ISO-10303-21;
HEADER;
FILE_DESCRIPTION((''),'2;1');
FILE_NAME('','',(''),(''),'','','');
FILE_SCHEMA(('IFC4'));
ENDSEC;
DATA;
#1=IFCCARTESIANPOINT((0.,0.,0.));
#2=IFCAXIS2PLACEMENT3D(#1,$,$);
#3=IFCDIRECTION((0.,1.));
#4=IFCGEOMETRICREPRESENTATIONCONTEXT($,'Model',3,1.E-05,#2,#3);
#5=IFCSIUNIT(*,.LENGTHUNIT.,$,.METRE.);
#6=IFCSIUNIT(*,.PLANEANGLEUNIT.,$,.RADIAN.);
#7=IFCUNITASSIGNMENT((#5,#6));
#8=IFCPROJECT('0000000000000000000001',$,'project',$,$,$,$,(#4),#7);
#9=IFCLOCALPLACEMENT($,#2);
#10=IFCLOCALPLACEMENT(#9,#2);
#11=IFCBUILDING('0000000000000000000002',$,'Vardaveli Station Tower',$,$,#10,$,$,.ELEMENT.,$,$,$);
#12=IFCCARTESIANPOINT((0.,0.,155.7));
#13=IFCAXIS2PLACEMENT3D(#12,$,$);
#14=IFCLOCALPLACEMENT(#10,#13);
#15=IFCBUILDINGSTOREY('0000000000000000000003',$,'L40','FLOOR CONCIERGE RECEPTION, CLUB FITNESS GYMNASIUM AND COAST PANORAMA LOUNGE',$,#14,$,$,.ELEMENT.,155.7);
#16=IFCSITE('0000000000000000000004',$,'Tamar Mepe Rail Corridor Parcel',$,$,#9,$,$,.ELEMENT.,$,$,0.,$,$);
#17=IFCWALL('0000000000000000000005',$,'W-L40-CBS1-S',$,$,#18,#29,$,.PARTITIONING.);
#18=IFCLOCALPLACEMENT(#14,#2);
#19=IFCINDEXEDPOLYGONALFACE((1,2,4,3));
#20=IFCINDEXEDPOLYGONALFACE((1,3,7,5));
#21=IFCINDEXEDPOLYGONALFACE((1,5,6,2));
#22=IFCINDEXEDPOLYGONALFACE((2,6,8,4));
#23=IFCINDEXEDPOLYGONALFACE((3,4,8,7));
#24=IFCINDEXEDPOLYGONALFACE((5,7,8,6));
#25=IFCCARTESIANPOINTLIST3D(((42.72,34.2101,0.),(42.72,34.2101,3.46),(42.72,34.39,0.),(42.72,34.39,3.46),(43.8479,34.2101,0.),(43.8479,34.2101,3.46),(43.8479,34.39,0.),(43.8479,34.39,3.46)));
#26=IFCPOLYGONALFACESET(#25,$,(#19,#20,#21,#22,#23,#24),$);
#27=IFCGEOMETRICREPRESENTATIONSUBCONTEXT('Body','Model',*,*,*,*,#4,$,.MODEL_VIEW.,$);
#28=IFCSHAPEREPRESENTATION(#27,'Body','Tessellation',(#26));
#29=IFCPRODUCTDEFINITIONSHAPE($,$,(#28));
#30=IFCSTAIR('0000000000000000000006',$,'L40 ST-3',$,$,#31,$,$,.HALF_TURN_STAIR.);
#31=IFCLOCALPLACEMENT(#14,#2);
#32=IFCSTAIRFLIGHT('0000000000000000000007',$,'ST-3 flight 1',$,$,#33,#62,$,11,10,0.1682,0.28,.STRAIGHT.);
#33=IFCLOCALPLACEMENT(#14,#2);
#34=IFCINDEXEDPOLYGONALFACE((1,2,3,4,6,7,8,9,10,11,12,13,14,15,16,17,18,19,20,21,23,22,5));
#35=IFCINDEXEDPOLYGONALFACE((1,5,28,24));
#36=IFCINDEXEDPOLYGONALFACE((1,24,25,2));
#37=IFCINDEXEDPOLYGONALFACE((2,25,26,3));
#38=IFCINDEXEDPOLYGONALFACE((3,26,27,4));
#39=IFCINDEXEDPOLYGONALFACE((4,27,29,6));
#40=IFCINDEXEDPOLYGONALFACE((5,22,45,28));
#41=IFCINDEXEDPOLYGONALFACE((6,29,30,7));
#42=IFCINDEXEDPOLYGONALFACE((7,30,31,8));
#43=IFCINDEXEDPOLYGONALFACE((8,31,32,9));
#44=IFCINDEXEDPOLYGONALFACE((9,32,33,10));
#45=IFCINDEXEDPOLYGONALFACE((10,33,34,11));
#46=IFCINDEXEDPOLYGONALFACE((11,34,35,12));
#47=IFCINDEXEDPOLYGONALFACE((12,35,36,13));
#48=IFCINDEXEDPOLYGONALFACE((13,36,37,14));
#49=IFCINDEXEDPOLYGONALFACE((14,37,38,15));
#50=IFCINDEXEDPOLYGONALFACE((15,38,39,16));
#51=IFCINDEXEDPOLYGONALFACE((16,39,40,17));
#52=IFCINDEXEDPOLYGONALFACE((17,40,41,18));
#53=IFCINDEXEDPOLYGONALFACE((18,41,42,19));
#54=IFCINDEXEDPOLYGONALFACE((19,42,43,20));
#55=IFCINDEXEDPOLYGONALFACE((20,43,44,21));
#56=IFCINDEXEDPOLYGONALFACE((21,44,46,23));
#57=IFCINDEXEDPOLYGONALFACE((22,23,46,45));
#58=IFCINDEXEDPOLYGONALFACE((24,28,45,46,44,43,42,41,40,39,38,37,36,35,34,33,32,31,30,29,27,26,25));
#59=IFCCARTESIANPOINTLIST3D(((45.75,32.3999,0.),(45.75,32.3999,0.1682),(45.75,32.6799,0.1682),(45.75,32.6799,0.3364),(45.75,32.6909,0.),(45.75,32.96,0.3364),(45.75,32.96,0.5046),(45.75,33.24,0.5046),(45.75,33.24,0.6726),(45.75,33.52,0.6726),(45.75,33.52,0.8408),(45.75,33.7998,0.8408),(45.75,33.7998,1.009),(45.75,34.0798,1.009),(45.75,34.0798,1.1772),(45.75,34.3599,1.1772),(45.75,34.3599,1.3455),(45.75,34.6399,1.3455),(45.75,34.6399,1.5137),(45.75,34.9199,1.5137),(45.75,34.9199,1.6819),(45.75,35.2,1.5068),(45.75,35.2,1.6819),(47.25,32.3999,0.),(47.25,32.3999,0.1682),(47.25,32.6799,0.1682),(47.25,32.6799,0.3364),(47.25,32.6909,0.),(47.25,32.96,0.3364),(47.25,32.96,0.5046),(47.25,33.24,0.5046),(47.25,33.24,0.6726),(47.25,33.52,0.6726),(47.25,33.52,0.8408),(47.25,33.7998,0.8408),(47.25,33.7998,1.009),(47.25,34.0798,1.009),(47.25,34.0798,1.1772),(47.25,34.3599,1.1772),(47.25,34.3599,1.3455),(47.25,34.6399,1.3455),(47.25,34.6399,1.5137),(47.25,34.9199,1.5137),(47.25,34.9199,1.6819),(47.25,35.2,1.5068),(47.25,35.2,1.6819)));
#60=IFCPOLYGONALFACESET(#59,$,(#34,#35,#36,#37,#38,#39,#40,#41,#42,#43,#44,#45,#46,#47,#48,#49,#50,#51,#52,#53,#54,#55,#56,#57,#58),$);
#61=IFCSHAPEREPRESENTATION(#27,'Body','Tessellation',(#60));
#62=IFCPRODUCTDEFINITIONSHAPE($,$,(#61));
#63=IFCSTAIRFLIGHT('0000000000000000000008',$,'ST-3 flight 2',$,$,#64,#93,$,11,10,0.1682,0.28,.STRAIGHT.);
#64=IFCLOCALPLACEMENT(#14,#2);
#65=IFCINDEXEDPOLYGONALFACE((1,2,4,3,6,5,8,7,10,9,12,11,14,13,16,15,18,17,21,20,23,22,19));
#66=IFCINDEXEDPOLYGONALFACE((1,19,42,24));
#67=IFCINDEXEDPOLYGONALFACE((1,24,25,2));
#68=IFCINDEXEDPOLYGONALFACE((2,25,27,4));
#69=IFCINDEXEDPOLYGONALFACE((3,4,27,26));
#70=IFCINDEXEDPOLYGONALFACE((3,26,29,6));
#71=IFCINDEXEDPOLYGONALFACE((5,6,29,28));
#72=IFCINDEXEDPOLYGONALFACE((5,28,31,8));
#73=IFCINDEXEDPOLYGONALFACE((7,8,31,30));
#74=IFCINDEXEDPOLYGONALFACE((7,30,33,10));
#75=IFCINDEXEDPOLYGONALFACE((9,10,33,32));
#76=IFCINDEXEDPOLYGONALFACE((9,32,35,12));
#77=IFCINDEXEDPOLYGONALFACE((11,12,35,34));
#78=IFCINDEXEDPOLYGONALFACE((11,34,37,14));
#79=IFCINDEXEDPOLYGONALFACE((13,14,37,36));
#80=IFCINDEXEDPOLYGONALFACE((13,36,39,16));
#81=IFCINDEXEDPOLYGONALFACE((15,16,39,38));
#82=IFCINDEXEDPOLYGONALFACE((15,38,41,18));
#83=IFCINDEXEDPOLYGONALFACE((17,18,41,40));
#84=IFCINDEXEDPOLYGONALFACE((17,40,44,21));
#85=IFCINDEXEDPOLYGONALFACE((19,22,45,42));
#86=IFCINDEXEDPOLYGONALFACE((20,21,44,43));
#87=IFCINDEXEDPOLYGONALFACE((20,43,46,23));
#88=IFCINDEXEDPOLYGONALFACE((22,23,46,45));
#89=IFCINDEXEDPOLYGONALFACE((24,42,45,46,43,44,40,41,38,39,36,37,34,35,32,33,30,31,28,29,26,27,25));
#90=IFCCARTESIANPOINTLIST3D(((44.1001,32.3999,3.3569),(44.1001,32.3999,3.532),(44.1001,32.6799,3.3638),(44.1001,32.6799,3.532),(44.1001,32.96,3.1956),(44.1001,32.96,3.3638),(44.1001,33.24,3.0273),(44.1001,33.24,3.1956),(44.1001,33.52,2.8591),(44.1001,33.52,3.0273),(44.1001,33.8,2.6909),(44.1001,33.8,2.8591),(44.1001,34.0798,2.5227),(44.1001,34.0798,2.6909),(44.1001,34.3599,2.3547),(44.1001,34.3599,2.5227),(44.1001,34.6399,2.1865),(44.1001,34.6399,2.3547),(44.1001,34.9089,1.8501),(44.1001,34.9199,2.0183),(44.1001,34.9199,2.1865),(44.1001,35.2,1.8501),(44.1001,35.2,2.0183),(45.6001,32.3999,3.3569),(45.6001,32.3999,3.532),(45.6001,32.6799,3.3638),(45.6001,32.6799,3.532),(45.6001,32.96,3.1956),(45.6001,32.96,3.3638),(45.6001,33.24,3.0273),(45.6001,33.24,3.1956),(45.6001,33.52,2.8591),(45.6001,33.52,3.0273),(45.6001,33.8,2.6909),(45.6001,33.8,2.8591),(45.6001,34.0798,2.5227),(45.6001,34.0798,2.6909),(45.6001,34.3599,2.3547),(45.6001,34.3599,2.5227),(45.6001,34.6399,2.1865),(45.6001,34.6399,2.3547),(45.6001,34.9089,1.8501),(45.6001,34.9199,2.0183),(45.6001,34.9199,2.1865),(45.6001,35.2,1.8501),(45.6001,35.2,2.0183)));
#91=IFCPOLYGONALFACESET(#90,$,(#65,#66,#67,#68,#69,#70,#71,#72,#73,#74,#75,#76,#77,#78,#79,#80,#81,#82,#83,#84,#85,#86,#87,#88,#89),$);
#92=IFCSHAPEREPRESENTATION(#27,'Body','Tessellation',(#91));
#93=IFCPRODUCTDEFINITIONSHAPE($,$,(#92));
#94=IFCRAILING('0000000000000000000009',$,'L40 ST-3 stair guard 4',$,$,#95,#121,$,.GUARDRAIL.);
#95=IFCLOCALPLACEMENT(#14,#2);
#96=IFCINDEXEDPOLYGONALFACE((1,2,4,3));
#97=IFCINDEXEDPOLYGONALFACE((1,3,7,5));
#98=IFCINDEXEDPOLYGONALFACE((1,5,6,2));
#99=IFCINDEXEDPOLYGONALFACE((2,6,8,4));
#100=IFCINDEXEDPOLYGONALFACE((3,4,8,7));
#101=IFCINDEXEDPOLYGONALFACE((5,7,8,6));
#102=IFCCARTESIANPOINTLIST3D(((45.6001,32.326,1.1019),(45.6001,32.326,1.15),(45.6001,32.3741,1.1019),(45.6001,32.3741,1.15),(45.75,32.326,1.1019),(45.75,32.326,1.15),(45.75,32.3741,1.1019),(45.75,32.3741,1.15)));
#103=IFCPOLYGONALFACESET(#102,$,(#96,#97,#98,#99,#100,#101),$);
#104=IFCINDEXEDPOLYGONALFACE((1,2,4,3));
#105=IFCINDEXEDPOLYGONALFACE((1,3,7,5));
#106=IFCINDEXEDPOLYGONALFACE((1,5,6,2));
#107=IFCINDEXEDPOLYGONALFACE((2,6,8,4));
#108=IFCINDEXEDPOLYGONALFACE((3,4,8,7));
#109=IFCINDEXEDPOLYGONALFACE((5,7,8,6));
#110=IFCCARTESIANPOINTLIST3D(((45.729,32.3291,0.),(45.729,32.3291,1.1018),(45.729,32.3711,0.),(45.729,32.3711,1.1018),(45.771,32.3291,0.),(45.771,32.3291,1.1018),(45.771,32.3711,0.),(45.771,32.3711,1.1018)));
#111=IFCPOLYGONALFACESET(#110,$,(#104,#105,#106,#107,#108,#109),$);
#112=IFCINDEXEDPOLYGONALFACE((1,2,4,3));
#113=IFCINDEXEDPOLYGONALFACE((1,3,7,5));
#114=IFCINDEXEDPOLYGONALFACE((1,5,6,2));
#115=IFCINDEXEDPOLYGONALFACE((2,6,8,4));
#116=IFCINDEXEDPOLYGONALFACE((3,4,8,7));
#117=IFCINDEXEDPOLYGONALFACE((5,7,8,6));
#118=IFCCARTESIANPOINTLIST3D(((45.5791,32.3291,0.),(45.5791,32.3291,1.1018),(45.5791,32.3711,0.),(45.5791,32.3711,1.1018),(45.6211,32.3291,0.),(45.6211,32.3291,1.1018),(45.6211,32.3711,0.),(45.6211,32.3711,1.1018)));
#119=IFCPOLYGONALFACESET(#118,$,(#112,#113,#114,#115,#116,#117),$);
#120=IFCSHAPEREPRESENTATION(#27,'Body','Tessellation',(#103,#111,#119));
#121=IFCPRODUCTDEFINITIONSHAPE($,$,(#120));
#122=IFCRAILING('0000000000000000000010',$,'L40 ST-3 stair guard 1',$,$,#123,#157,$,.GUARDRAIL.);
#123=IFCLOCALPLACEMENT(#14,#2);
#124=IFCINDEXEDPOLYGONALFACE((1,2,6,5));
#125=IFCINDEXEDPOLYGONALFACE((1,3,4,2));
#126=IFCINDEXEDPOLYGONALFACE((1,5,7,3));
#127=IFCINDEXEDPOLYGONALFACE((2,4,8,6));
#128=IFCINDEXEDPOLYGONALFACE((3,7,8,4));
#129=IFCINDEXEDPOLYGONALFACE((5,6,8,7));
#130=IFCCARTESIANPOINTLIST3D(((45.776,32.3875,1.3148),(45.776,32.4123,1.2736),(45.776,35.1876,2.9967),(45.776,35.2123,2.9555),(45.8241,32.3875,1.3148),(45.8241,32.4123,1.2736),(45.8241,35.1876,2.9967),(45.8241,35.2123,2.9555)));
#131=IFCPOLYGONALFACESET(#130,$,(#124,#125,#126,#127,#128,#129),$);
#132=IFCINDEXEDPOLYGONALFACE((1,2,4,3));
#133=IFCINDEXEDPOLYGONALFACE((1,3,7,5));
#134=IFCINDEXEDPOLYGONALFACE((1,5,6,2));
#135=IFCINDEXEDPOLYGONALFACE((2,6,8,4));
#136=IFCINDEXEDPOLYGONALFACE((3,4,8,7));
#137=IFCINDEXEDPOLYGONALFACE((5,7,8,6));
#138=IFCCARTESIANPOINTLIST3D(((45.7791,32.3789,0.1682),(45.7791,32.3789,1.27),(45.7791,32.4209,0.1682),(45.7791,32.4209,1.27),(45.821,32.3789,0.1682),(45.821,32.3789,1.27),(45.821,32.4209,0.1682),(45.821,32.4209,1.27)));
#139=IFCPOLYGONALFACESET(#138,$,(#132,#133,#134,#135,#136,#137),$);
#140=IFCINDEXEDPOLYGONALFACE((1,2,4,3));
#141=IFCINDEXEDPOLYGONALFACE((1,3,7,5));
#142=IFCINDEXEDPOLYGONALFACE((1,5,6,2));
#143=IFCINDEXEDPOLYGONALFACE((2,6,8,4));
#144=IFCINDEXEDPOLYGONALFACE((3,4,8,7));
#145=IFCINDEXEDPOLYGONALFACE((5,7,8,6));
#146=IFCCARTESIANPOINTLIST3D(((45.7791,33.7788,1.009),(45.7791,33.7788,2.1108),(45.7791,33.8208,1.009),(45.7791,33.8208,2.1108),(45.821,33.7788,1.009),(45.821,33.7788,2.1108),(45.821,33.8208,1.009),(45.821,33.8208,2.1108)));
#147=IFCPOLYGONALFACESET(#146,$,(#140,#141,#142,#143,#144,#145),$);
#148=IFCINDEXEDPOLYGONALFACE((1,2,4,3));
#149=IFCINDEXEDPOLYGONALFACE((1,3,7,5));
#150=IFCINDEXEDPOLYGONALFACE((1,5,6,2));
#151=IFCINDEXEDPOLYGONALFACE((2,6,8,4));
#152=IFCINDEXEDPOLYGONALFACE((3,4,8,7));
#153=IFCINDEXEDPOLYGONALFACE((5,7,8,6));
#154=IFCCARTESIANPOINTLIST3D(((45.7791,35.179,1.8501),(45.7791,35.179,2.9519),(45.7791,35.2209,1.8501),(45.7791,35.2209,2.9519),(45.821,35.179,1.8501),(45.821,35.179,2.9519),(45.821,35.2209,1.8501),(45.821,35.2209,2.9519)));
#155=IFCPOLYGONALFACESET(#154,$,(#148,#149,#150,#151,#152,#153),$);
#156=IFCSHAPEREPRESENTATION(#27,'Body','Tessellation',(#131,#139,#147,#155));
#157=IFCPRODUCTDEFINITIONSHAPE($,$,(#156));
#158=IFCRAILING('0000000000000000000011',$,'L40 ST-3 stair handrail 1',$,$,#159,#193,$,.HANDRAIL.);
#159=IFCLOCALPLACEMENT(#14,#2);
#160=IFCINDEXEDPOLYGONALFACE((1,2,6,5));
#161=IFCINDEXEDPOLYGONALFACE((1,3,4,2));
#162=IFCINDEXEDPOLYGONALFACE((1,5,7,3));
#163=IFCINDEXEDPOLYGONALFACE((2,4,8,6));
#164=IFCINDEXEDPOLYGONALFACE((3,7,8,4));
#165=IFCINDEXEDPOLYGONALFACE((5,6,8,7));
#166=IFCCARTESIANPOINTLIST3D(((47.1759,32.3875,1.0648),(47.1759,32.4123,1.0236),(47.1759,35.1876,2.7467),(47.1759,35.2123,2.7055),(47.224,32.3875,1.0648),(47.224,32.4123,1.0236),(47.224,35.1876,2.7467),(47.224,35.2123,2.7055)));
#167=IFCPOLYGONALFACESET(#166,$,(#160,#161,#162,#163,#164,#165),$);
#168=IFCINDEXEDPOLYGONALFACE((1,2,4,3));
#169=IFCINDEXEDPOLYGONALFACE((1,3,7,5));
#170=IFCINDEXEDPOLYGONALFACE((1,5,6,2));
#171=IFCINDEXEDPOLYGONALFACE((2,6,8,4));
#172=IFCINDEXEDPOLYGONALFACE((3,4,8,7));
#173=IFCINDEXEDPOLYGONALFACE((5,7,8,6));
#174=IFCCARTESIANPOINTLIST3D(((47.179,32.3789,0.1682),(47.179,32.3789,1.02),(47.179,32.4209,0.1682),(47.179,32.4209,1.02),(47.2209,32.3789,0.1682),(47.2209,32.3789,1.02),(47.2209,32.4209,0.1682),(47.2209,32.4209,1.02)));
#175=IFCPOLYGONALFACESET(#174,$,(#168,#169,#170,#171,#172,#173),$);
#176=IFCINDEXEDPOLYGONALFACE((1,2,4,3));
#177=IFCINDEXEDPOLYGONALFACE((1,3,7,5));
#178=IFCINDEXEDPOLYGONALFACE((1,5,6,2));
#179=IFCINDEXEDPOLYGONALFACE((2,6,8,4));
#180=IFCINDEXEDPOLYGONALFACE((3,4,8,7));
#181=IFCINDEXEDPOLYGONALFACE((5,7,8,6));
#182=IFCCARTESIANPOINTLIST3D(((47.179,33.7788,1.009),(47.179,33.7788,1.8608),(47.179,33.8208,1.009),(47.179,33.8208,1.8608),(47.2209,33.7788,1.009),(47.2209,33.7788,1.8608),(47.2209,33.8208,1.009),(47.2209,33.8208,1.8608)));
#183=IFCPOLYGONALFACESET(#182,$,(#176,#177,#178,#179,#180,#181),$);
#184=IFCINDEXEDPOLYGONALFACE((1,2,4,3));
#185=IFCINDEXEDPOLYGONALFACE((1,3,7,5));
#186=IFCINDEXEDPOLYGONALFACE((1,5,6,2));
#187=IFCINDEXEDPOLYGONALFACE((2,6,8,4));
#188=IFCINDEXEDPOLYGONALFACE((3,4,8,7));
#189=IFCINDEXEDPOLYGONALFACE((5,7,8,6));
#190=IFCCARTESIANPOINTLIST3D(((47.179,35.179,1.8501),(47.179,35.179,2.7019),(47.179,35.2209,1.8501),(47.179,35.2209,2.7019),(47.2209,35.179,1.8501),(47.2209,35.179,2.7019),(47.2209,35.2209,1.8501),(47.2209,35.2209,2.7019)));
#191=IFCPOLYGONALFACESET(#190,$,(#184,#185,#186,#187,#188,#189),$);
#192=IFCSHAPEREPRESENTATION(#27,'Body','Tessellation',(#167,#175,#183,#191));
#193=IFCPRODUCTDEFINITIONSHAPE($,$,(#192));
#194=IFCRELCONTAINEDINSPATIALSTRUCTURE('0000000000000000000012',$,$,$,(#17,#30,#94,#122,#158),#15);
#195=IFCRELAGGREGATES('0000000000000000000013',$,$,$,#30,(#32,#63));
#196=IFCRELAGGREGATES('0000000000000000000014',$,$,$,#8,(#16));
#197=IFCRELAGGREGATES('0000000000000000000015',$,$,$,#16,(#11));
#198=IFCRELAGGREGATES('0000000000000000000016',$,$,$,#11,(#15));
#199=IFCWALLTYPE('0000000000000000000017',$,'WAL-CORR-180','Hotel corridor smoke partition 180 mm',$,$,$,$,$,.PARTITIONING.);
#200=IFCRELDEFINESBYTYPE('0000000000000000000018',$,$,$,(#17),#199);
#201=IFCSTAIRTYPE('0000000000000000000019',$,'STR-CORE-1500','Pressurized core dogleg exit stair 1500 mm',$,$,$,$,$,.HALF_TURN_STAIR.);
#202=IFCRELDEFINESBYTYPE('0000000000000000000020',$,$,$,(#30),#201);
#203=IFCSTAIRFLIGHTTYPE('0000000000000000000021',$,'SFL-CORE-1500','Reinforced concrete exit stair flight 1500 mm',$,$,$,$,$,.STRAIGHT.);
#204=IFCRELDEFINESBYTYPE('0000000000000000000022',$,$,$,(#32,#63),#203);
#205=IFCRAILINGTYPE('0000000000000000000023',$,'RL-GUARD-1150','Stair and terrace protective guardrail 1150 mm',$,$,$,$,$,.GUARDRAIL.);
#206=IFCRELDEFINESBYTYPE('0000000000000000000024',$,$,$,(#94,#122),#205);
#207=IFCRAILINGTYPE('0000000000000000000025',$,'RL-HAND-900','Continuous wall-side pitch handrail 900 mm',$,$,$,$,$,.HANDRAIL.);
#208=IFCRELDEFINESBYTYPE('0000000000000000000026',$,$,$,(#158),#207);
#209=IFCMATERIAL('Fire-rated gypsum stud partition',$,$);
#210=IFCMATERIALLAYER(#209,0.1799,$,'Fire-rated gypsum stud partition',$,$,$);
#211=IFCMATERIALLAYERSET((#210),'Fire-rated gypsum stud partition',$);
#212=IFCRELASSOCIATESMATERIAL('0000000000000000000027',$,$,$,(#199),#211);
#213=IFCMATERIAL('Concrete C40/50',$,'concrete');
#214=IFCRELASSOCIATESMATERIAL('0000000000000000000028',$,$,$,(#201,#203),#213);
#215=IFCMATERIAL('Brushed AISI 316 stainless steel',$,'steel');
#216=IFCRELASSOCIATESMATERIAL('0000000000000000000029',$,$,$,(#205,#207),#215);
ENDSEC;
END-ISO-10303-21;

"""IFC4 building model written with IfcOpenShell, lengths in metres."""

from ifc_helpers import new_model, si_unit, direction, frame, frame_2d, origin, origin_2d, place, context, subcontext, project, spatial, polyline, rectangle, outline, extrude, source, transform, mapped, material, layer, layer_set, type_object, element, aggregate, save


model = new_model("IFC4")

# Units and contexts
model_context = context("Model", 3, precision=1e-05, world=origin(), true_north=direction((0.0, 1.0)))
body_context = subcontext(model_context, "Body", "Model", "MODEL_VIEW")
ifc_project = project(units=[si_unit("LENGTHUNIT", "METRE"), si_unit("PLANEANGLEUNIT", "RADIAN")], contexts=[model_context])

# Site, building, storey
site_placement = place(None, origin())
site = spatial("IfcSite", under=ifc_project, at=site_placement, Name="Tamar Mepe Rail Corridor Parcel", CompositionType="ELEMENT", RefElevation=0.0)
building_placement = place(site_placement, origin())
building = spatial("IfcBuilding", under=site, at=building_placement, Name="Vardaveli Station Tower", CompositionType="ELEMENT")
storey_placement = place(building_placement, frame((0.0, 0.0, 155.7)))
storey = spatial("IfcBuildingStorey", under=building, at=storey_placement, Name="L40", Description="FLOOR CONCIERGE RECEPTION, CLUB FITNESS GYMNASIUM AND COAST PANORAMA LOUNGE", CompositionType="ELEMENT", Elevation=155.7)

# Shared definitions
ifc_material_1 = material(Name="Concrete C40/50", Category="concrete")

# Shared definitions
ifc_material_2 = material(Name="Fire-rated gypsum stud partition")
ifc_layer_1 = layer(ifc_material_2, 0.1799, Name="Fire-rated gypsum stud partition")
ifc_layer_set_1 = layer_set([ifc_layer_1], Name="Fire-rated gypsum stud partition")
wall_type_1 = type_object("IfcWallType", Name="WAL-CORR-180", Description="Hotel corridor smoke partition 180 mm", PredefinedType="PARTITIONING", material=ifc_layer_set_1)

# Wall
shared_shape_1 = source(origin(), body_context, "Body", "SweptSolid", [
    extrude(rectangle(XDim=1.1279, YDim=0.1799, at=frame_2d((0.564, 0.0))), origin(), (0.0, 0.0, 1.0), 3.46),
])
wall_1_placement = place(storey_placement, frame((42.72, 34.3, 0.0), z_axis=(0.0, 0.0, 1.0), x_axis=(1.0, 0.0, 0.0)))
element("IfcWall", 1, at=wall_1_placement, inside=storey, type_object=wall_type_1, Name="W-L40-CBS1-S", PredefinedType="PARTITIONING", context=body_context, shape_type="MappedRepresentation", body=[
    mapped(shared_shape_1, transform((0.0, 0.0, 0.0), scale=1.0)),
])

# Stair, stair flights
stair_type = type_object("IfcStairType", Name="STR-CORE-1500", Description="Pressurized core dogleg exit stair 1500 mm", PredefinedType="HALF_TURN_STAIR", material=ifc_material_1)
stair_placement = place(storey_placement, origin())
stair = element("IfcStair", 2, at=stair_placement, inside=storey, type_object=stair_type, Name="L40 ST-3", PredefinedType="HALF_TURN_STAIR")
stair_flight_type = type_object("IfcStairFlightType", Name="SFL-CORE-1500", Description="Reinforced concrete exit stair flight 1500 mm", PredefinedType="STRAIGHT", material=ifc_material_1)
shared_shape_2 = source(origin(), body_context, "Body", "SweptSolid", [
    extrude(outline(polyline([(0.0, 0.0), (0.0, 0.1682), (0.28, 0.1682), (0.28, 0.3364), (0.5601, 0.3364), (0.5601, 0.5046), (0.8401, 0.5046), (0.8401, 0.6726), (1.1201, 0.6726), (1.1201, 0.8408), (1.3999, 0.8408), (1.3999, 1.009), (1.6799, 1.009), (1.6799, 1.1772), (1.96, 1.1772), (1.96, 1.3455), (2.24, 1.3455), (2.24, 1.5137), (2.52, 1.5137), (2.52, 1.6819), (2.8, 1.6819), (2.8, 1.8501), (2.8, 1.5068), (0.291, 0.0), (0.0, 0.0)])), frame((0.0, 0.75, 0.0), z_axis=(0.0, -1.0, 0.0), x_axis=(1.0, 0.0, 0.0)), (0.0, 0.0, 1.0), 1.5),
])
stair_flight_1_placement = place(storey_placement, frame((46.5, 32.3999, 0.0), z_axis=(0.0, 0.0, 1.0), x_axis=(0.0, 1.0, 0.0)))
stair_flight_1 = element("IfcStairFlight", 3, at=stair_flight_1_placement, type_object=stair_flight_type, Name="ST-3 flight 1", NumberOfRisers=11, NumberOfTreads=10, PredefinedType="STRAIGHT", RiserHeight=0.1682, TreadLength=0.28, context=body_context, shape_type="MappedRepresentation", body=[
    mapped(shared_shape_2, transform((0.0, 0.0, 0.0), scale=1.0)),
])
stair_flight_2_placement = place(storey_placement, frame((44.8501, 35.2, 1.8501), z_axis=(0.0, 0.0, 1.0), x_axis=(0.0, -1.0, 0.0)))
stair_flight_2 = element("IfcStairFlight", 4, at=stair_flight_2_placement, type_object=stair_flight_type, Name="ST-3 flight 2", NumberOfRisers=11, NumberOfTreads=10, PredefinedType="STRAIGHT", RiserHeight=0.1682, TreadLength=0.28, context=body_context, shape_type="MappedRepresentation", body=[
    mapped(shared_shape_2, transform((0.0, 0.0, 0.0), scale=1.0)),
])
aggregate(stair, [stair_flight_1, stair_flight_2])

# Railings
ifc_material_3 = material(Name="Brushed AISI 316 stainless steel", Category="steel")
railing_type_1 = type_object("IfcRailingType", Name="RL-GUARD-1150", Description="Stair and terrace protective guardrail 1150 mm", PredefinedType="GUARDRAIL", material=ifc_material_3)
shared_shape_3 = source(origin(), body_context, "Body", "SweptSolid", [
    extrude(rectangle(XDim=0.0481, YDim=0.0481, at=origin_2d()), frame((0.0, 0.0, 1.126), z_axis=(-1.0, 0.0, 0.0), x_axis=(0.0, -1.0, 0.0)), (0.0, 0.0, 1.0), 0.1499),
    extrude(rectangle(XDim=0.042, YDim=0.042, at=origin_2d()), origin(), (0.0, 0.0, 1.0), 1.1018),
    extrude(rectangle(XDim=0.042, YDim=0.042, at=origin_2d()), frame((-0.1499, 0.0, 0.0)), (0.0, 0.0, 1.0), 1.1018),
])
railing_1_placement = place(storey_placement, frame((45.75, 32.3501, 0.0)))
element("IfcRailing", 5, at=railing_1_placement, inside=storey, type_object=railing_type_1, Name="L40 ST-3 stair guard 4", PredefinedType="GUARDRAIL", context=body_context, shape_type="MappedRepresentation", body=[
    mapped(shared_shape_3, transform((0.0, 0.0, 0.0), scale=1.0)),
])
shared_shape_4 = source(origin(), body_context, "Body", "SweptSolid", [
    extrude(rectangle(XDim=0.0481, YDim=0.0481, at=origin_2d()), frame((0.0, 0.0, 1.126), z_axis=(0.0, 0.857242, 0.514913), x_axis=(-1.0, 0.0, 0.0)), (0.0, 0.0, 1.0), 3.2664),
    extrude(rectangle(XDim=0.042, YDim=0.042, at=origin_2d()), origin(), (0.0, 0.0, 1.0), 1.1018),
    extrude(rectangle(XDim=0.042, YDim=0.042, at=origin_2d()), frame((0.0, 1.3999, 0.8408)), (0.0, 0.0, 1.0), 1.1018),
    extrude(rectangle(XDim=0.042, YDim=0.042, at=origin_2d()), frame((0.0, 2.8, 1.6819)), (0.0, 0.0, 1.0), 1.1018),
])
railing_2_placement = place(storey_placement, frame((45.8, 32.3999, 0.1682)))
element("IfcRailing", 6, at=railing_2_placement, inside=storey, type_object=railing_type_1, Name="L40 ST-3 stair guard 1", PredefinedType="GUARDRAIL", context=body_context, shape_type="MappedRepresentation", body=[
    mapped(shared_shape_4, transform((0.0, 0.0, 0.0), scale=1.0)),
])
railing_type_2 = type_object("IfcRailingType", Name="RL-HAND-900", Description="Continuous wall-side pitch handrail 900 mm", PredefinedType="HANDRAIL", material=ifc_material_3)
shared_shape_5 = source(origin(), body_context, "Body", "SweptSolid", [
    extrude(rectangle(XDim=0.0481, YDim=0.0481, at=origin_2d()), frame((0.0, 0.0, 0.876), z_axis=(0.0, 0.857242, 0.514913), x_axis=(-1.0, 0.0, 0.0)), (0.0, 0.0, 1.0), 3.2664),
    extrude(rectangle(XDim=0.042, YDim=0.042, at=origin_2d()), origin(), (0.0, 0.0, 1.0), 0.8518),
    extrude(rectangle(XDim=0.042, YDim=0.042, at=origin_2d()), frame((0.0, 1.3999, 0.8408)), (0.0, 0.0, 1.0), 0.8518),
    extrude(rectangle(XDim=0.042, YDim=0.042, at=origin_2d()), frame((0.0, 2.8, 1.6819)), (0.0, 0.0, 1.0), 0.8518),
])
railing_3_placement = place(storey_placement, frame((47.2, 32.3999, 0.1682)))
element("IfcRailing", 7, at=railing_3_placement, inside=storey, type_object=railing_type_2, Name="L40 ST-3 stair handrail 1", PredefinedType="HANDRAIL", context=body_context, shape_type="MappedRepresentation", body=[
    mapped(shared_shape_5, transform((0.0, 0.0, 0.0), scale=1.0)),
])

save(model, "model.ifc")
